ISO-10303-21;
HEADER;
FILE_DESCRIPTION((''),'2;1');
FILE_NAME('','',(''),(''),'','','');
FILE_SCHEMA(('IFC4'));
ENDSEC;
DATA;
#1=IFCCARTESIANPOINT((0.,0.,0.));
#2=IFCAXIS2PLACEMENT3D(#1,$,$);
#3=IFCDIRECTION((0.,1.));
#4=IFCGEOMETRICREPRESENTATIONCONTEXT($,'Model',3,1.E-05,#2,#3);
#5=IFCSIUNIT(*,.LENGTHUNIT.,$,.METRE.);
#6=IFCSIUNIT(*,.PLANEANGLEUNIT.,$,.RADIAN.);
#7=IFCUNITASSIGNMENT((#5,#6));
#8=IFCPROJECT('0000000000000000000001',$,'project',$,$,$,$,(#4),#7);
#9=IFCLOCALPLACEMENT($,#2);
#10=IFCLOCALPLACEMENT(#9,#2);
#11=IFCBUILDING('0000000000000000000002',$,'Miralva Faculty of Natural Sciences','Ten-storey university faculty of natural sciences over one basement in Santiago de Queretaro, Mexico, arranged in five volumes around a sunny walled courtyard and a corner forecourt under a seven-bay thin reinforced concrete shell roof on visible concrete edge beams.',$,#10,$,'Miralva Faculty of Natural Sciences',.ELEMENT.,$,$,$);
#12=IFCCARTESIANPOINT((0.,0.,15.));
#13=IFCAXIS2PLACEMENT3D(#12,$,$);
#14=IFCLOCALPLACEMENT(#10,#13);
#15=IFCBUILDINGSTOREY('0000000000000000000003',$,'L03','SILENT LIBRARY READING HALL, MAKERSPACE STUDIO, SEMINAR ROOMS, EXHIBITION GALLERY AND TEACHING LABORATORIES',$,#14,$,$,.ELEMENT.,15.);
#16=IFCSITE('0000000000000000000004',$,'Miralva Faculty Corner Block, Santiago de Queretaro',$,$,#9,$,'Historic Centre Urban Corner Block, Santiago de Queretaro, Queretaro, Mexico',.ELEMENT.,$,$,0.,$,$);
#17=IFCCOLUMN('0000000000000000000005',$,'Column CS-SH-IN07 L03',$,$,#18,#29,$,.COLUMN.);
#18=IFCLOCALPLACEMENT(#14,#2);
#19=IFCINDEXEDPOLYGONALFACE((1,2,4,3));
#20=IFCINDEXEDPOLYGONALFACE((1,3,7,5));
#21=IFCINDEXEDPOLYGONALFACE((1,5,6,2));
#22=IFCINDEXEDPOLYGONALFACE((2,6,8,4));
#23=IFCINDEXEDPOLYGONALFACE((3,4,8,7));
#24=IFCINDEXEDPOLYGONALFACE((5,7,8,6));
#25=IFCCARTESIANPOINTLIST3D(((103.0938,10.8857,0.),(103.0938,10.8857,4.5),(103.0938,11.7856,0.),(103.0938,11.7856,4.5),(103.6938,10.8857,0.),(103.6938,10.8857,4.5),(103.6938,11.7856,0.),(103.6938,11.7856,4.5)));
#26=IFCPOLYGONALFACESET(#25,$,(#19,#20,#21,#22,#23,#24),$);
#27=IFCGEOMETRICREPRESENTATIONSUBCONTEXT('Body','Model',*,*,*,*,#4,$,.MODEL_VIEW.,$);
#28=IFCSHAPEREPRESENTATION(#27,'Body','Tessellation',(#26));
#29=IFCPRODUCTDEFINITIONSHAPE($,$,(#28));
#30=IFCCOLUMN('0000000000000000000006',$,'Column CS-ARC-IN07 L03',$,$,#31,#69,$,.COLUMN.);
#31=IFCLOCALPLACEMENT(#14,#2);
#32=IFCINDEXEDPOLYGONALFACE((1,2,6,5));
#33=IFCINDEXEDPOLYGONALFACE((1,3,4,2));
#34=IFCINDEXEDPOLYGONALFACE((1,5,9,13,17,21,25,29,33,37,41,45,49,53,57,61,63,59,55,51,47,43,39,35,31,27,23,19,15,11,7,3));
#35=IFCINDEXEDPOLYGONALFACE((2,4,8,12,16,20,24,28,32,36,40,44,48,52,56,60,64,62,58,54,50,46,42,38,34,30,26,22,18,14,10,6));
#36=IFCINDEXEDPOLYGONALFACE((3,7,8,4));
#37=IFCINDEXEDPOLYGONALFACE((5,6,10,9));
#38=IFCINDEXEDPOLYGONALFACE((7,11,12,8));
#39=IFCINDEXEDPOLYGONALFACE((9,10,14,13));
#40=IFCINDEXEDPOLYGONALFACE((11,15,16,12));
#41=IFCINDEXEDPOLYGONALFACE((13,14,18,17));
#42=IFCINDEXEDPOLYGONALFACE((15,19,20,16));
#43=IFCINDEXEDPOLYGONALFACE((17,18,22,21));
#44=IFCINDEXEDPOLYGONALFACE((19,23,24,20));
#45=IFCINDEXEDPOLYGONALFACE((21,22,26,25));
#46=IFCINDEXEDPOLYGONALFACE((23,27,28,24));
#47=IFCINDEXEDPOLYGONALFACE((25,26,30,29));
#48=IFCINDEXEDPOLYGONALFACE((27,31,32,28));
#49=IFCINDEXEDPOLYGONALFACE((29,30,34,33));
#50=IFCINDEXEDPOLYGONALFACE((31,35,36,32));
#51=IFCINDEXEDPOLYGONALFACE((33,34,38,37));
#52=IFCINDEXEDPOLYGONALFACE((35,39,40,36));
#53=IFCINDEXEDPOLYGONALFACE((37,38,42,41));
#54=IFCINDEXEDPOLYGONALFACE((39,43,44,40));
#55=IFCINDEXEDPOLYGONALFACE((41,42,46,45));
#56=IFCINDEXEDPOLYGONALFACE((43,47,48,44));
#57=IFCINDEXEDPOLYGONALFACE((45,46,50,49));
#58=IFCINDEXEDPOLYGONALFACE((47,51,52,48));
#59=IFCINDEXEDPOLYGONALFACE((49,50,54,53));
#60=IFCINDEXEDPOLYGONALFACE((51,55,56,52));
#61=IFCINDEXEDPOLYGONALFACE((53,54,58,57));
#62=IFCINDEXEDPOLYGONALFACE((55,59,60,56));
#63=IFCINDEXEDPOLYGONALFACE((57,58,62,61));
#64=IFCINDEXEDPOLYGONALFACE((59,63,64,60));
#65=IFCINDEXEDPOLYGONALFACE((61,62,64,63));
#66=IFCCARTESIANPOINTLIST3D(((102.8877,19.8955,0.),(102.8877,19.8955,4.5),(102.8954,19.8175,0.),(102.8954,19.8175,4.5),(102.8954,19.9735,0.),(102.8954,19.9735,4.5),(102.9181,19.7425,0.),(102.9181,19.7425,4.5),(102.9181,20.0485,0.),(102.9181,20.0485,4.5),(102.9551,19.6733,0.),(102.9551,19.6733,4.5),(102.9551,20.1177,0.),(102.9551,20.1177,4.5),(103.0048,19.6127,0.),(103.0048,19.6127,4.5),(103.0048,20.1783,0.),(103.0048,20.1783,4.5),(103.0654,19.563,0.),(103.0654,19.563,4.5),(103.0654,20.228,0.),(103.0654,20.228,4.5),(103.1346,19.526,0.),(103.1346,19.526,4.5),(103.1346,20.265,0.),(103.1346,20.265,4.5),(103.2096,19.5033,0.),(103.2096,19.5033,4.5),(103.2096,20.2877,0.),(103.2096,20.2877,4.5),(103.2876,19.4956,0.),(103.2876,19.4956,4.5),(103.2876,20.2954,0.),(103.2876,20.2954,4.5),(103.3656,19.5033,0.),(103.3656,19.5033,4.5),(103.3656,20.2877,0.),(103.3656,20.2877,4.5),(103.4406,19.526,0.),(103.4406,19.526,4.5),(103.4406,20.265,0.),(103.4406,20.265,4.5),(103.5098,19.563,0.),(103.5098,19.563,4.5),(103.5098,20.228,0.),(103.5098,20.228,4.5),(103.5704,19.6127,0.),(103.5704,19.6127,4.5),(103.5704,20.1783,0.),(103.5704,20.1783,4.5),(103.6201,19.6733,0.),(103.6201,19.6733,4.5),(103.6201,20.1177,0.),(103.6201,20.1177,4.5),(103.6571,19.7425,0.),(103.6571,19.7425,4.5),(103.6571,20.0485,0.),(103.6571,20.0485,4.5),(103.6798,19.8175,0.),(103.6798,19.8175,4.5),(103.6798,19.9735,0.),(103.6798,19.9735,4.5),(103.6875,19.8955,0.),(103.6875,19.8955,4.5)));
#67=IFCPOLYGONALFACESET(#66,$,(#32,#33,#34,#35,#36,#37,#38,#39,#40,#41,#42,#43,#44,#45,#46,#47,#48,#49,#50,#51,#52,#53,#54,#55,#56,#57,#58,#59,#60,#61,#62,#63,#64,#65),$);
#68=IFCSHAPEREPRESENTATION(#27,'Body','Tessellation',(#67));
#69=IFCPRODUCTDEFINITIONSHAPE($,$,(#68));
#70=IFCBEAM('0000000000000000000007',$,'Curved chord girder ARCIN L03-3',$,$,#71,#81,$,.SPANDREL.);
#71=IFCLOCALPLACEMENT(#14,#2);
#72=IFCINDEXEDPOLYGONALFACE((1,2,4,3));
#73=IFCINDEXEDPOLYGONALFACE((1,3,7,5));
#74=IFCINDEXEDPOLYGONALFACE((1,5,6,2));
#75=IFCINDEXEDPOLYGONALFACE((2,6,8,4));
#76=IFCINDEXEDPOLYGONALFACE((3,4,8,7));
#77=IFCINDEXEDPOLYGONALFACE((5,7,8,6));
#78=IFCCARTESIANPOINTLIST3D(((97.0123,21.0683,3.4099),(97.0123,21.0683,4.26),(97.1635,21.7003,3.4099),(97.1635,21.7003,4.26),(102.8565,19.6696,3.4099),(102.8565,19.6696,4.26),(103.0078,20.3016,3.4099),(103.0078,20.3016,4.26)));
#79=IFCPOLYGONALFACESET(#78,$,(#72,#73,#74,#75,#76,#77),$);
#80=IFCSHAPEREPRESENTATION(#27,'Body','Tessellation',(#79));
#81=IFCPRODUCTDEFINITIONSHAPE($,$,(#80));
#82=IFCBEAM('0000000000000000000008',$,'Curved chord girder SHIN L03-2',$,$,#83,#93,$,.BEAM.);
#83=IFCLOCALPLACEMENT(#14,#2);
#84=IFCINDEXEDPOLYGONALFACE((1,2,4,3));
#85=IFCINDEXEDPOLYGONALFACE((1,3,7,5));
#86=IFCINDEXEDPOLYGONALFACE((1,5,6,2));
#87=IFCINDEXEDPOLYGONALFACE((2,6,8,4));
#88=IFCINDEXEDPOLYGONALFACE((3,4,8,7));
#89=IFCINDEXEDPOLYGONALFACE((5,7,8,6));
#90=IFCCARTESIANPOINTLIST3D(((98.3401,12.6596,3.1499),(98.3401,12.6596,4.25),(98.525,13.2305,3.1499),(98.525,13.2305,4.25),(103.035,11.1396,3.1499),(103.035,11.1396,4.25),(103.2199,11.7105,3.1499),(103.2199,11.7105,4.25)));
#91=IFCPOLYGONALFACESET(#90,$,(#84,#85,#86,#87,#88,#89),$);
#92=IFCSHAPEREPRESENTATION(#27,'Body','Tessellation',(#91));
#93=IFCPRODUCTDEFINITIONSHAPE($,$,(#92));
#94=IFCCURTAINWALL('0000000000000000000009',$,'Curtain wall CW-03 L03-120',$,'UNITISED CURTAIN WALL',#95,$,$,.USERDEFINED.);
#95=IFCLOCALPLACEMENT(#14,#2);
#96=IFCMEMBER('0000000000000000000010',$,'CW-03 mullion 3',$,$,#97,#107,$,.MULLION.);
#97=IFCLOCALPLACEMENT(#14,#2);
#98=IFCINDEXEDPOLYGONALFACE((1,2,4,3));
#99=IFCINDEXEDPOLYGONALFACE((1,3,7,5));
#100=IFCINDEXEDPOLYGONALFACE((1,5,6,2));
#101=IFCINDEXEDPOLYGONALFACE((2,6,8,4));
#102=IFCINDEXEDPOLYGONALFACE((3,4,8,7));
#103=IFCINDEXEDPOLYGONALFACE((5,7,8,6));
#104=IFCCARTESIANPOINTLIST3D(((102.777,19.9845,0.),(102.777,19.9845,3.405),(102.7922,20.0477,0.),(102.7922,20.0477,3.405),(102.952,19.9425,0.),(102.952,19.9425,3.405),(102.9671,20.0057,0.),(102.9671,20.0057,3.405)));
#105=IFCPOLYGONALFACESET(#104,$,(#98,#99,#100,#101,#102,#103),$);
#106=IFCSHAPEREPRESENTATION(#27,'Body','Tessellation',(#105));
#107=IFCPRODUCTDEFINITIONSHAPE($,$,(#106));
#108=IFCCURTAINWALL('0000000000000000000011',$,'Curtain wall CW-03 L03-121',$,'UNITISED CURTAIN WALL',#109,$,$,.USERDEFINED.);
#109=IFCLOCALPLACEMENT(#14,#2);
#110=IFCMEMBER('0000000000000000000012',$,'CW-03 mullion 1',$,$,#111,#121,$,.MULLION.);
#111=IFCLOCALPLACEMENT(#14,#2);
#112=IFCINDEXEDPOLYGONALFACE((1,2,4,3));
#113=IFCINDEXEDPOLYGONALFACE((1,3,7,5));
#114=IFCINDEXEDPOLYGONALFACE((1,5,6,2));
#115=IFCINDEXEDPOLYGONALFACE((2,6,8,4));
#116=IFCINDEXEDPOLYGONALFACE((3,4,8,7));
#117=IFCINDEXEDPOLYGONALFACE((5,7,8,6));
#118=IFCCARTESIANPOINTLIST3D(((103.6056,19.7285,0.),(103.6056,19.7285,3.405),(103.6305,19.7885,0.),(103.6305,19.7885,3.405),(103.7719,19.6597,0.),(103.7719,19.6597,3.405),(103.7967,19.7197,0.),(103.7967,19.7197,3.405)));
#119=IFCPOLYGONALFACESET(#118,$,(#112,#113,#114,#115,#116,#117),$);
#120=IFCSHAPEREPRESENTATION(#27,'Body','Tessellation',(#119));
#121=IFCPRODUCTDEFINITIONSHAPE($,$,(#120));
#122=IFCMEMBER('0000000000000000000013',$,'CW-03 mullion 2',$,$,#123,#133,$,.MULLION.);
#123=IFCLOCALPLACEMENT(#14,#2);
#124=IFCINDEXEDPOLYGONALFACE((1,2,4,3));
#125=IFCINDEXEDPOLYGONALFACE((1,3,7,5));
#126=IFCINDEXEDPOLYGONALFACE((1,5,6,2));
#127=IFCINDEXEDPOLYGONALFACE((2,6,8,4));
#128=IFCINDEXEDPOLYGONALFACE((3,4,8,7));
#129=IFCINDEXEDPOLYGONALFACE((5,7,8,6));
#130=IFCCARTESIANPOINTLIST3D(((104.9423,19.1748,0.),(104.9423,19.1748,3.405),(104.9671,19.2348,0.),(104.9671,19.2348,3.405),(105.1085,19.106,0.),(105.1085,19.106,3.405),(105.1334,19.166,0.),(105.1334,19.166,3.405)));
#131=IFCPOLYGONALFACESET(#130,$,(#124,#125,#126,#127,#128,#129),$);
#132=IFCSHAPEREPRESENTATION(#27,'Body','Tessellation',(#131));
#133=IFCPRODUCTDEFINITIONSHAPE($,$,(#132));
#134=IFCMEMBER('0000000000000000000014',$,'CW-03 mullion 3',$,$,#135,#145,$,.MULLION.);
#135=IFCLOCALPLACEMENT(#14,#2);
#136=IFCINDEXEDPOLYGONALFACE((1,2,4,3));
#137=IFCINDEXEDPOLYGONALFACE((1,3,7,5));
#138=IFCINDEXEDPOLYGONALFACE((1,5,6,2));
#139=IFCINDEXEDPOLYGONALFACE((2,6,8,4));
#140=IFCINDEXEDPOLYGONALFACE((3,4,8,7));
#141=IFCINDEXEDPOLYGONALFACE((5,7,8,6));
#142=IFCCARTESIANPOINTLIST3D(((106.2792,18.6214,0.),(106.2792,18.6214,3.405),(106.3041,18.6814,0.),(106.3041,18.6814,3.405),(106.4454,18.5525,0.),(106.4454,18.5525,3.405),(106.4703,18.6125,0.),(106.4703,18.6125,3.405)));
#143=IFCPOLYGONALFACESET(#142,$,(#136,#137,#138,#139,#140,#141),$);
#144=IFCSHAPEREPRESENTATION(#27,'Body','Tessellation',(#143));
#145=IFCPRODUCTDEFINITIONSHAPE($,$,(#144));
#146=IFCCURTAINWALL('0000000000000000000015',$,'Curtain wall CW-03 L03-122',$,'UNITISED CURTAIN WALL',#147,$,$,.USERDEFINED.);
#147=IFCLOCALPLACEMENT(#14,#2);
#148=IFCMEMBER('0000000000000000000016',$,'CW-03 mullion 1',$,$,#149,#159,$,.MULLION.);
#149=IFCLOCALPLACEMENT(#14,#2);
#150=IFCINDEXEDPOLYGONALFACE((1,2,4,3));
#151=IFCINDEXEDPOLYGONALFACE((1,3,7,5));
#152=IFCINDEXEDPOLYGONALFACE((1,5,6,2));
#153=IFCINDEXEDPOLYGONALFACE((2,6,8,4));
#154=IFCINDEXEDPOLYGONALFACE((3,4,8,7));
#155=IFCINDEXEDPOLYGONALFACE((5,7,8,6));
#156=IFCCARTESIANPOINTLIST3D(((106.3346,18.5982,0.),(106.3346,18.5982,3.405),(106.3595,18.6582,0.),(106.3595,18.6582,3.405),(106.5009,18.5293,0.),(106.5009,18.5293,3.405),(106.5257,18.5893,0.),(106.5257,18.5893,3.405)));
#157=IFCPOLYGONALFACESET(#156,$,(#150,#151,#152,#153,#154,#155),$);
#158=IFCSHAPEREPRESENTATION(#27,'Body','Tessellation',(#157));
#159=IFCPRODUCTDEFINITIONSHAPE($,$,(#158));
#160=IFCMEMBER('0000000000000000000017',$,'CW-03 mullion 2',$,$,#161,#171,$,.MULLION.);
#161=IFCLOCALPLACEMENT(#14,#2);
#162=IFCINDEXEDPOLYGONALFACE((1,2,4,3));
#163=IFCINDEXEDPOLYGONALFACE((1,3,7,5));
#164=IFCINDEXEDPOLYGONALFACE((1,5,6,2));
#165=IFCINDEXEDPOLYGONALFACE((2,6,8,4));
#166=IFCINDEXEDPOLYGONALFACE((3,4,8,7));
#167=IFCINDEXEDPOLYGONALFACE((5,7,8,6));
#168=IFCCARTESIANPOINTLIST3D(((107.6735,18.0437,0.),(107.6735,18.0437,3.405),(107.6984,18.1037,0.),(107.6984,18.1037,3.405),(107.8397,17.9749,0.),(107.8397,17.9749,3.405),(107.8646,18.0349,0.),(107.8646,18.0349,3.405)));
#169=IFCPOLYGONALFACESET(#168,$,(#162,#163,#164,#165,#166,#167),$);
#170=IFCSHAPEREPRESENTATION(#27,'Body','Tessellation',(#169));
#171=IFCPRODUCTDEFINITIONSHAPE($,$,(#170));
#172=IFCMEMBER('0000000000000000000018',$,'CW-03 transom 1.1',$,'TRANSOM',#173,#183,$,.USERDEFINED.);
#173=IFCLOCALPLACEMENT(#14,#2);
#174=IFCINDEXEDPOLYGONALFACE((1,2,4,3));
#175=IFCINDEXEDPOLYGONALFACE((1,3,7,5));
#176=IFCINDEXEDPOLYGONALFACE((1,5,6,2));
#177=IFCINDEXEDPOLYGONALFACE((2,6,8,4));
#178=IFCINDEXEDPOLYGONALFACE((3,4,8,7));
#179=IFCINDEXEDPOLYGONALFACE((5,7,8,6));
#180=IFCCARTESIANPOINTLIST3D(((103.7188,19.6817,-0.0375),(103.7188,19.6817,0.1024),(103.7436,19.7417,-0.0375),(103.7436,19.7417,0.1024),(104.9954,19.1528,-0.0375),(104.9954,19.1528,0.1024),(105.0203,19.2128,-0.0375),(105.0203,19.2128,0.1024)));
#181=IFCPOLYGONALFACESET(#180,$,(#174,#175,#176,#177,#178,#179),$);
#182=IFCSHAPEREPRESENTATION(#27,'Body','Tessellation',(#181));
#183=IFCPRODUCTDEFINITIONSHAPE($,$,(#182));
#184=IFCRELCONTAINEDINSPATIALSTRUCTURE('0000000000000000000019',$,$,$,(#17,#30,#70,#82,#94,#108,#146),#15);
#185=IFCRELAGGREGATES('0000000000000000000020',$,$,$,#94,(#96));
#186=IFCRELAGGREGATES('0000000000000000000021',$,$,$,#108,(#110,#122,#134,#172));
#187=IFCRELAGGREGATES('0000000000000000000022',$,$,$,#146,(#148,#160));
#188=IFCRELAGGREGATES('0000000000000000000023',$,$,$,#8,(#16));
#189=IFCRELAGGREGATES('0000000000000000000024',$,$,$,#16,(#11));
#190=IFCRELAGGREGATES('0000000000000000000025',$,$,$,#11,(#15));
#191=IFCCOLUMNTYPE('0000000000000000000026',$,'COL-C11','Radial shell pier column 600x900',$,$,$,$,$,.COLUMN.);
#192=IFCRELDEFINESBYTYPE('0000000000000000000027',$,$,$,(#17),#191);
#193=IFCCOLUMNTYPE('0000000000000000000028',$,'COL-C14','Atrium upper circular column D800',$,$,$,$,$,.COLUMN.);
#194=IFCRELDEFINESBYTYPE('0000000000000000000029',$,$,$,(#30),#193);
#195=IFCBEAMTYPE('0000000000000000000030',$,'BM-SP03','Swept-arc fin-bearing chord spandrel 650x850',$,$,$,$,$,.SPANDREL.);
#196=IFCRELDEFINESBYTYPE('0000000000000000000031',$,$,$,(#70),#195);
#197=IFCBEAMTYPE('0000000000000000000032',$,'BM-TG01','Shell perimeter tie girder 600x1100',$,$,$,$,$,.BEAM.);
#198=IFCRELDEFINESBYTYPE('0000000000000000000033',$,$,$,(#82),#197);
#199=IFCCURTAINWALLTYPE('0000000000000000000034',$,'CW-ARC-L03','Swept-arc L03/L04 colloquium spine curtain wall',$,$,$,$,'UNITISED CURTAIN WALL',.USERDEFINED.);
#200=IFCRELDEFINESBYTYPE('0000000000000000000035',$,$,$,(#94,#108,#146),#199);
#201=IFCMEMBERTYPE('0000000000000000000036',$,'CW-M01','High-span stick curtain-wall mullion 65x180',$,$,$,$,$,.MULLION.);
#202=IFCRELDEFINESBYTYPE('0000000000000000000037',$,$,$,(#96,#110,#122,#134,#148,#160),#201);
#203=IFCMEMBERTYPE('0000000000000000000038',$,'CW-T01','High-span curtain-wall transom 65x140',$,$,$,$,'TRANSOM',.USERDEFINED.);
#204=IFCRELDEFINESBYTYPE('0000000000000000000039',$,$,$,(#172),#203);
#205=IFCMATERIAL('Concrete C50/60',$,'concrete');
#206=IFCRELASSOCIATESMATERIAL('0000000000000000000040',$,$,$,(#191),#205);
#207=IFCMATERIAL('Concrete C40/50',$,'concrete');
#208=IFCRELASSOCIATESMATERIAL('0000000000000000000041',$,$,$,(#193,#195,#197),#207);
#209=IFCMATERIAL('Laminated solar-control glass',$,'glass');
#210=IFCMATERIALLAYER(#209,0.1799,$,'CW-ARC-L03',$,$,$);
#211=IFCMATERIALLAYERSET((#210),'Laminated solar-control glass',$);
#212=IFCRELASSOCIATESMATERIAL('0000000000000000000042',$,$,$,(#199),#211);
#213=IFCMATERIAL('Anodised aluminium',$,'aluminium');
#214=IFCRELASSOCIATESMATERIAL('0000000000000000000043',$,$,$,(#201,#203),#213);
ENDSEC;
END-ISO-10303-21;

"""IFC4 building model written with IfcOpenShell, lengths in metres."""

from ifc_helpers import new_model, si_unit, direction, frame, origin, origin_2d, place, context, subcontext, project, spatial, rectangle, circle, extrude, material, layer, layer_set, material_profile, profile_set, type_object, element, aggregate, save


model = new_model("IFC4")

# Units and contexts
model_context = context("Model", 3, precision=1e-05, world=origin(), true_north=direction((0.0, 1.0)))
body_context = subcontext(model_context, "Body", "Model", "MODEL_VIEW")
ifc_project = project(units=[si_unit("LENGTHUNIT", "METRE"), si_unit("PLANEANGLEUNIT", "RADIAN")], contexts=[model_context])

# Site, building, storey
site_placement = place(None, origin())
site = spatial("IfcSite", under=ifc_project, at=site_placement, Name="Miralva Faculty Corner Block, Santiago de Queretaro", LongName="Historic Centre Urban Corner Block, Santiago de Queretaro, Queretaro, Mexico", CompositionType="ELEMENT", RefElevation=0.0)
building_placement = place(site_placement, origin())
building = spatial("IfcBuilding", under=site, at=building_placement, Name="Miralva Faculty of Natural Sciences", Description="Ten-storey university faculty of natural sciences over one basement in Santiago de Queretaro, Mexico, arranged in five volumes around a sunny walled courtyard and a corner forecourt under a seven-bay thin reinforced concrete shell roof on visible concrete edge beams.", LongName="Miralva Faculty of Natural Sciences", CompositionType="ELEMENT")
storey_placement = place(building_placement, frame((0.0, 0.0, 15.0)))
storey = spatial("IfcBuildingStorey", under=building, at=storey_placement, Name="L03", Description="SILENT LIBRARY READING HALL, MAKERSPACE STUDIO, SEMINAR ROOMS, EXHIBITION GALLERY AND TEACHING LABORATORIES", CompositionType="ELEMENT", Elevation=15.0)

# Columns
ifc_material_1 = material(Name="Concrete C50/60", Category="concrete")
ifc_material_profile_1 = material_profile(ifc_material_1, rectangle(XDim=0.6001, YDim=0.8999, at=origin_2d()), Name="RC 600x900")
ifc_profile_set_1 = profile_set([ifc_material_profile_1], Name="Concrete C50/60")
column_type_1 = type_object("IfcColumnType", Name="COL-C11", Description="Radial shell pier column 600x900", PredefinedType="COLUMN", material=ifc_profile_set_1)
column_1_placement = place(storey_placement, frame((103.3938, 11.3357, 0.0), z_axis=(0.0, 0.0, 1.0), x_axis=(1.0, 0.0, 0.0)))
element("IfcColumn", 1, at=column_1_placement, inside=storey, type_object=column_type_1, Name="Column CS-SH-IN07 L03", PredefinedType="COLUMN", context=body_context, shape_type="SweptSolid", body=[
    extrude(rectangle(XDim=0.6001, YDim=0.8999, at=origin_2d()), origin(), (0.0, 0.0, 1.0), 4.5),
])
ifc_material_2 = material(Name="Concrete C40/50", Category="concrete")
ifc_material_profile_2 = material_profile(ifc_material_2, circle(Radius=0.3999, at=origin_2d()), Name="RC DIA 800")
ifc_profile_set_2 = profile_set([ifc_material_profile_2], Name="Concrete C40/50")
column_type_2 = type_object("IfcColumnType", Name="COL-C14", Description="Atrium upper circular column D800", PredefinedType="COLUMN", material=ifc_profile_set_2)
column_2_placement = place(storey_placement, frame((103.2876, 19.8955, 0.0), z_axis=(0.0, 0.0, 1.0), x_axis=(1.0, 0.0, 0.0)))
element("IfcColumn", 2, at=column_2_placement, inside=storey, type_object=column_type_2, Name="Column CS-ARC-IN07 L03", PredefinedType="COLUMN", context=body_context, shape_type="SweptSolid", body=[
    extrude(circle(Radius=0.3999, at=origin_2d()), origin(), (0.0, 0.0, 1.0), 4.5),
])

# Beams
ifc_material_profile_3 = material_profile(ifc_material_2, rectangle(XDim=0.6499, YDim=0.8501, at=origin_2d()), Name="RC 650x850")
ifc_profile_set_3 = profile_set([ifc_material_profile_3], Name="Concrete C40/50")
beam_type_1 = type_object("IfcBeamType", Name="BM-SP03", Description="Swept-arc fin-bearing chord spandrel 650x850", PredefinedType="SPANDREL", material=ifc_profile_set_3)
beam_1_placement = place(storey_placement, frame((102.9321, 19.9856, 3.835), z_axis=(-0.972536, 0.232754, 0.0), x_axis=(-0.232754, -0.972536, 0.0)))
element("IfcBeam", 3, at=beam_1_placement, inside=storey, type_object=beam_type_1, Name="Curved chord girder ARCIN L03-3", PredefinedType="SPANDREL", context=body_context, shape_type="SweptSolid", body=[
    extrude(rectangle(XDim=0.6499, YDim=0.8501, at=origin_2d()), origin(), (0.0, 0.0, 1.0), 6.0093),
])
ifc_material_profile_4 = material_profile(ifc_material_2, rectangle(XDim=0.6001, YDim=1.1001, at=origin_2d()), Name="RC 600x1100")
ifc_profile_set_4 = profile_set([ifc_material_profile_4], Name="Concrete C40/50")
beam_type_2 = type_object("IfcBeamType", Name="BM-TG01", Description="Shell perimeter tie girder 600x1100", PredefinedType="BEAM", material=ifc_profile_set_4)
beam_2_placement = place(storey_placement, frame((103.1274, 11.425, 3.7), z_axis=(-0.951379, 0.308023, 0.0), x_axis=(-0.308023, -0.951379, 0.0)))
element("IfcBeam", 4, at=beam_2_placement, inside=storey, type_object=beam_type_2, Name="Curved chord girder SHIN L03-2", PredefinedType="BEAM", context=body_context, shape_type="SweptSolid", body=[
    extrude(rectangle(XDim=0.6001, YDim=1.1001, at=origin_2d()), origin(), (0.0, 0.0, 1.0), 4.9348),
])

# Curtain wall, member
ifc_material_3 = material(Name="Laminated solar-control glass", Category="glass")
ifc_layer_1 = layer(ifc_material_3, 0.1799, Name="CW-ARC-L03")
ifc_layer_set_1 = layer_set([ifc_layer_1], Name="Laminated solar-control glass")
curtain_wall_type = type_object("IfcCurtainWallType", Name="CW-ARC-L03", Description="Swept-arc L03/L04 colloquium spine curtain wall", ElementType="UNITISED CURTAIN WALL", PredefinedType="USERDEFINED", material=ifc_layer_set_1)
curtain_wall_1_placement = place(storey_placement, origin())
curtain_wall_1 = element("IfcCurtainWall", 5, at=curtain_wall_1_placement, inside=storey, type_object=curtain_wall_type, Name="Curtain wall CW-03 L03-120", ObjectType="UNITISED CURTAIN WALL", PredefinedType="USERDEFINED")
ifc_material_4 = material(Name="Anodised aluminium", Category="aluminium")
ifc_material_profile_5 = material_profile(ifc_material_4, rectangle(XDim=0.0649, YDim=0.1799, at=origin_2d()), Name="MULLION 65x180")
ifc_profile_set_5 = profile_set([ifc_material_profile_5], Name="Anodised aluminium")
member_type_1 = type_object("IfcMemberType", Name="CW-M01", Description="High-span stick curtain-wall mullion 65x180", PredefinedType="MULLION", material=ifc_profile_set_5)
member_1_placement = place(storey_placement, frame((102.8721, 19.9951, 0.0), z_axis=(0.0, 0.0, 1.0), x_axis=(0.233464, 0.972365, 0.0)))
member_1 = element("IfcMember", 6, at=member_1_placement, type_object=member_type_1, Name="CW-03 mullion 3", PredefinedType="MULLION", context=body_context, shape_type="SweptSolid", body=[
    extrude(rectangle(XDim=0.0649, YDim=0.1799, at=origin_2d()), origin(), (0.0, 0.0, 1.0), 3.405),
])

# Curtain walls, members
curtain_wall_2_placement = place(storey_placement, origin())
curtain_wall_2 = element("IfcCurtainWall", 7, at=curtain_wall_2_placement, inside=storey, type_object=curtain_wall_type, Name="Curtain wall CW-03 L03-121", ObjectType="UNITISED CURTAIN WALL", PredefinedType="USERDEFINED")
member_2_placement = place(storey_placement, frame((103.7012, 19.7241, 0.0), z_axis=(0.0, 0.0, 1.0), x_axis=(0.382656, 0.923891, 0.0)))
member_2 = element("IfcMember", 8, at=member_2_placement, type_object=member_type_1, Name="CW-03 mullion 1", PredefinedType="MULLION", context=body_context, shape_type="SweptSolid", body=[
    extrude(rectangle(XDim=0.0649, YDim=0.1799, at=origin_2d()), origin(), (0.0, 0.0, 1.0), 3.405),
])
member_3_placement = place(storey_placement, frame((105.0378, 19.1704, 0.0), z_axis=(0.0, 0.0, 1.0), x_axis=(0.382656, 0.923891, 0.0)))
member_3 = element("IfcMember", 9, at=member_3_placement, type_object=member_type_1, Name="CW-03 mullion 2", PredefinedType="MULLION", context=body_context, shape_type="SweptSolid", body=[
    extrude(rectangle(XDim=0.0649, YDim=0.1799, at=origin_2d()), origin(), (0.0, 0.0, 1.0), 3.405),
])
member_4_placement = place(storey_placement, frame((106.3748, 18.6169, 0.0), z_axis=(0.0, 0.0, 1.0), x_axis=(0.382656, 0.923891, 0.0)))
member_4 = element("IfcMember", 10, at=member_4_placement, type_object=member_type_1, Name="CW-03 mullion 3", PredefinedType="MULLION", context=body_context, shape_type="SweptSolid", body=[
    extrude(rectangle(XDim=0.0649, YDim=0.1799, at=origin_2d()), origin(), (0.0, 0.0, 1.0), 3.405),
])
curtain_wall_3_placement = place(storey_placement, origin())
curtain_wall_3 = element("IfcCurtainWall", 11, at=curtain_wall_3_placement, inside=storey, type_object=curtain_wall_type, Name="Curtain wall CW-03 L03-122", ObjectType="UNITISED CURTAIN WALL", PredefinedType="USERDEFINED")
member_5_placement = place(storey_placement, frame((106.4302, 18.5938, 0.0), z_axis=(0.0, 0.0, 1.0), x_axis=(0.382695, 0.923875, 0.0)))
member_5 = element("IfcMember", 12, at=member_5_placement, type_object=member_type_1, Name="CW-03 mullion 1", PredefinedType="MULLION", context=body_context, shape_type="SweptSolid", body=[
    extrude(rectangle(XDim=0.0649, YDim=0.1799, at=origin_2d()), origin(), (0.0, 0.0, 1.0), 3.405),
])
member_6_placement = place(storey_placement, frame((107.769, 18.0393, 0.0), z_axis=(0.0, 0.0, 1.0), x_axis=(0.382695, 0.923875, 0.0)))
member_6 = element("IfcMember", 13, at=member_6_placement, type_object=member_type_1, Name="CW-03 mullion 2", PredefinedType="MULLION", context=body_context, shape_type="SweptSolid", body=[
    extrude(rectangle(XDim=0.0649, YDim=0.1799, at=origin_2d()), origin(), (0.0, 0.0, 1.0), 3.405),
])

# Member
ifc_material_profile_6 = material_profile(ifc_material_4, rectangle(XDim=0.0649, YDim=0.1399, at=origin_2d()), Name="TRANSOM 65x140")
ifc_profile_set_6 = profile_set([ifc_material_profile_6], Name="Anodised aluminium")
member_type_2 = type_object("IfcMemberType", Name="CW-T01", Description="High-span curtain-wall transom 65x140", ElementType="TRANSOM", PredefinedType="USERDEFINED", material=ifc_profile_set_6)
member_7_placement = place(storey_placement, frame((103.7312, 19.7117, 0.0325), z_axis=(0.923875, -0.382695, 0.0), x_axis=(0.382695, 0.923875, 0.0)))
member_7 = element("IfcMember", 14, at=member_7_placement, type_object=member_type_2, Name="CW-03 transom 1.1", ObjectType="TRANSOM", PredefinedType="USERDEFINED", context=body_context, shape_type="SweptSolid", body=[
    extrude(rectangle(XDim=0.0649, YDim=0.1399, at=origin_2d()), origin(), (0.0, 0.0, 1.0), 1.3818),
])

aggregate(curtain_wall_1, [member_1])
aggregate(curtain_wall_2, [member_2, member_3, member_4, member_7])
aggregate(curtain_wall_3, [member_5, member_6])

save(model, "model.ifc")
